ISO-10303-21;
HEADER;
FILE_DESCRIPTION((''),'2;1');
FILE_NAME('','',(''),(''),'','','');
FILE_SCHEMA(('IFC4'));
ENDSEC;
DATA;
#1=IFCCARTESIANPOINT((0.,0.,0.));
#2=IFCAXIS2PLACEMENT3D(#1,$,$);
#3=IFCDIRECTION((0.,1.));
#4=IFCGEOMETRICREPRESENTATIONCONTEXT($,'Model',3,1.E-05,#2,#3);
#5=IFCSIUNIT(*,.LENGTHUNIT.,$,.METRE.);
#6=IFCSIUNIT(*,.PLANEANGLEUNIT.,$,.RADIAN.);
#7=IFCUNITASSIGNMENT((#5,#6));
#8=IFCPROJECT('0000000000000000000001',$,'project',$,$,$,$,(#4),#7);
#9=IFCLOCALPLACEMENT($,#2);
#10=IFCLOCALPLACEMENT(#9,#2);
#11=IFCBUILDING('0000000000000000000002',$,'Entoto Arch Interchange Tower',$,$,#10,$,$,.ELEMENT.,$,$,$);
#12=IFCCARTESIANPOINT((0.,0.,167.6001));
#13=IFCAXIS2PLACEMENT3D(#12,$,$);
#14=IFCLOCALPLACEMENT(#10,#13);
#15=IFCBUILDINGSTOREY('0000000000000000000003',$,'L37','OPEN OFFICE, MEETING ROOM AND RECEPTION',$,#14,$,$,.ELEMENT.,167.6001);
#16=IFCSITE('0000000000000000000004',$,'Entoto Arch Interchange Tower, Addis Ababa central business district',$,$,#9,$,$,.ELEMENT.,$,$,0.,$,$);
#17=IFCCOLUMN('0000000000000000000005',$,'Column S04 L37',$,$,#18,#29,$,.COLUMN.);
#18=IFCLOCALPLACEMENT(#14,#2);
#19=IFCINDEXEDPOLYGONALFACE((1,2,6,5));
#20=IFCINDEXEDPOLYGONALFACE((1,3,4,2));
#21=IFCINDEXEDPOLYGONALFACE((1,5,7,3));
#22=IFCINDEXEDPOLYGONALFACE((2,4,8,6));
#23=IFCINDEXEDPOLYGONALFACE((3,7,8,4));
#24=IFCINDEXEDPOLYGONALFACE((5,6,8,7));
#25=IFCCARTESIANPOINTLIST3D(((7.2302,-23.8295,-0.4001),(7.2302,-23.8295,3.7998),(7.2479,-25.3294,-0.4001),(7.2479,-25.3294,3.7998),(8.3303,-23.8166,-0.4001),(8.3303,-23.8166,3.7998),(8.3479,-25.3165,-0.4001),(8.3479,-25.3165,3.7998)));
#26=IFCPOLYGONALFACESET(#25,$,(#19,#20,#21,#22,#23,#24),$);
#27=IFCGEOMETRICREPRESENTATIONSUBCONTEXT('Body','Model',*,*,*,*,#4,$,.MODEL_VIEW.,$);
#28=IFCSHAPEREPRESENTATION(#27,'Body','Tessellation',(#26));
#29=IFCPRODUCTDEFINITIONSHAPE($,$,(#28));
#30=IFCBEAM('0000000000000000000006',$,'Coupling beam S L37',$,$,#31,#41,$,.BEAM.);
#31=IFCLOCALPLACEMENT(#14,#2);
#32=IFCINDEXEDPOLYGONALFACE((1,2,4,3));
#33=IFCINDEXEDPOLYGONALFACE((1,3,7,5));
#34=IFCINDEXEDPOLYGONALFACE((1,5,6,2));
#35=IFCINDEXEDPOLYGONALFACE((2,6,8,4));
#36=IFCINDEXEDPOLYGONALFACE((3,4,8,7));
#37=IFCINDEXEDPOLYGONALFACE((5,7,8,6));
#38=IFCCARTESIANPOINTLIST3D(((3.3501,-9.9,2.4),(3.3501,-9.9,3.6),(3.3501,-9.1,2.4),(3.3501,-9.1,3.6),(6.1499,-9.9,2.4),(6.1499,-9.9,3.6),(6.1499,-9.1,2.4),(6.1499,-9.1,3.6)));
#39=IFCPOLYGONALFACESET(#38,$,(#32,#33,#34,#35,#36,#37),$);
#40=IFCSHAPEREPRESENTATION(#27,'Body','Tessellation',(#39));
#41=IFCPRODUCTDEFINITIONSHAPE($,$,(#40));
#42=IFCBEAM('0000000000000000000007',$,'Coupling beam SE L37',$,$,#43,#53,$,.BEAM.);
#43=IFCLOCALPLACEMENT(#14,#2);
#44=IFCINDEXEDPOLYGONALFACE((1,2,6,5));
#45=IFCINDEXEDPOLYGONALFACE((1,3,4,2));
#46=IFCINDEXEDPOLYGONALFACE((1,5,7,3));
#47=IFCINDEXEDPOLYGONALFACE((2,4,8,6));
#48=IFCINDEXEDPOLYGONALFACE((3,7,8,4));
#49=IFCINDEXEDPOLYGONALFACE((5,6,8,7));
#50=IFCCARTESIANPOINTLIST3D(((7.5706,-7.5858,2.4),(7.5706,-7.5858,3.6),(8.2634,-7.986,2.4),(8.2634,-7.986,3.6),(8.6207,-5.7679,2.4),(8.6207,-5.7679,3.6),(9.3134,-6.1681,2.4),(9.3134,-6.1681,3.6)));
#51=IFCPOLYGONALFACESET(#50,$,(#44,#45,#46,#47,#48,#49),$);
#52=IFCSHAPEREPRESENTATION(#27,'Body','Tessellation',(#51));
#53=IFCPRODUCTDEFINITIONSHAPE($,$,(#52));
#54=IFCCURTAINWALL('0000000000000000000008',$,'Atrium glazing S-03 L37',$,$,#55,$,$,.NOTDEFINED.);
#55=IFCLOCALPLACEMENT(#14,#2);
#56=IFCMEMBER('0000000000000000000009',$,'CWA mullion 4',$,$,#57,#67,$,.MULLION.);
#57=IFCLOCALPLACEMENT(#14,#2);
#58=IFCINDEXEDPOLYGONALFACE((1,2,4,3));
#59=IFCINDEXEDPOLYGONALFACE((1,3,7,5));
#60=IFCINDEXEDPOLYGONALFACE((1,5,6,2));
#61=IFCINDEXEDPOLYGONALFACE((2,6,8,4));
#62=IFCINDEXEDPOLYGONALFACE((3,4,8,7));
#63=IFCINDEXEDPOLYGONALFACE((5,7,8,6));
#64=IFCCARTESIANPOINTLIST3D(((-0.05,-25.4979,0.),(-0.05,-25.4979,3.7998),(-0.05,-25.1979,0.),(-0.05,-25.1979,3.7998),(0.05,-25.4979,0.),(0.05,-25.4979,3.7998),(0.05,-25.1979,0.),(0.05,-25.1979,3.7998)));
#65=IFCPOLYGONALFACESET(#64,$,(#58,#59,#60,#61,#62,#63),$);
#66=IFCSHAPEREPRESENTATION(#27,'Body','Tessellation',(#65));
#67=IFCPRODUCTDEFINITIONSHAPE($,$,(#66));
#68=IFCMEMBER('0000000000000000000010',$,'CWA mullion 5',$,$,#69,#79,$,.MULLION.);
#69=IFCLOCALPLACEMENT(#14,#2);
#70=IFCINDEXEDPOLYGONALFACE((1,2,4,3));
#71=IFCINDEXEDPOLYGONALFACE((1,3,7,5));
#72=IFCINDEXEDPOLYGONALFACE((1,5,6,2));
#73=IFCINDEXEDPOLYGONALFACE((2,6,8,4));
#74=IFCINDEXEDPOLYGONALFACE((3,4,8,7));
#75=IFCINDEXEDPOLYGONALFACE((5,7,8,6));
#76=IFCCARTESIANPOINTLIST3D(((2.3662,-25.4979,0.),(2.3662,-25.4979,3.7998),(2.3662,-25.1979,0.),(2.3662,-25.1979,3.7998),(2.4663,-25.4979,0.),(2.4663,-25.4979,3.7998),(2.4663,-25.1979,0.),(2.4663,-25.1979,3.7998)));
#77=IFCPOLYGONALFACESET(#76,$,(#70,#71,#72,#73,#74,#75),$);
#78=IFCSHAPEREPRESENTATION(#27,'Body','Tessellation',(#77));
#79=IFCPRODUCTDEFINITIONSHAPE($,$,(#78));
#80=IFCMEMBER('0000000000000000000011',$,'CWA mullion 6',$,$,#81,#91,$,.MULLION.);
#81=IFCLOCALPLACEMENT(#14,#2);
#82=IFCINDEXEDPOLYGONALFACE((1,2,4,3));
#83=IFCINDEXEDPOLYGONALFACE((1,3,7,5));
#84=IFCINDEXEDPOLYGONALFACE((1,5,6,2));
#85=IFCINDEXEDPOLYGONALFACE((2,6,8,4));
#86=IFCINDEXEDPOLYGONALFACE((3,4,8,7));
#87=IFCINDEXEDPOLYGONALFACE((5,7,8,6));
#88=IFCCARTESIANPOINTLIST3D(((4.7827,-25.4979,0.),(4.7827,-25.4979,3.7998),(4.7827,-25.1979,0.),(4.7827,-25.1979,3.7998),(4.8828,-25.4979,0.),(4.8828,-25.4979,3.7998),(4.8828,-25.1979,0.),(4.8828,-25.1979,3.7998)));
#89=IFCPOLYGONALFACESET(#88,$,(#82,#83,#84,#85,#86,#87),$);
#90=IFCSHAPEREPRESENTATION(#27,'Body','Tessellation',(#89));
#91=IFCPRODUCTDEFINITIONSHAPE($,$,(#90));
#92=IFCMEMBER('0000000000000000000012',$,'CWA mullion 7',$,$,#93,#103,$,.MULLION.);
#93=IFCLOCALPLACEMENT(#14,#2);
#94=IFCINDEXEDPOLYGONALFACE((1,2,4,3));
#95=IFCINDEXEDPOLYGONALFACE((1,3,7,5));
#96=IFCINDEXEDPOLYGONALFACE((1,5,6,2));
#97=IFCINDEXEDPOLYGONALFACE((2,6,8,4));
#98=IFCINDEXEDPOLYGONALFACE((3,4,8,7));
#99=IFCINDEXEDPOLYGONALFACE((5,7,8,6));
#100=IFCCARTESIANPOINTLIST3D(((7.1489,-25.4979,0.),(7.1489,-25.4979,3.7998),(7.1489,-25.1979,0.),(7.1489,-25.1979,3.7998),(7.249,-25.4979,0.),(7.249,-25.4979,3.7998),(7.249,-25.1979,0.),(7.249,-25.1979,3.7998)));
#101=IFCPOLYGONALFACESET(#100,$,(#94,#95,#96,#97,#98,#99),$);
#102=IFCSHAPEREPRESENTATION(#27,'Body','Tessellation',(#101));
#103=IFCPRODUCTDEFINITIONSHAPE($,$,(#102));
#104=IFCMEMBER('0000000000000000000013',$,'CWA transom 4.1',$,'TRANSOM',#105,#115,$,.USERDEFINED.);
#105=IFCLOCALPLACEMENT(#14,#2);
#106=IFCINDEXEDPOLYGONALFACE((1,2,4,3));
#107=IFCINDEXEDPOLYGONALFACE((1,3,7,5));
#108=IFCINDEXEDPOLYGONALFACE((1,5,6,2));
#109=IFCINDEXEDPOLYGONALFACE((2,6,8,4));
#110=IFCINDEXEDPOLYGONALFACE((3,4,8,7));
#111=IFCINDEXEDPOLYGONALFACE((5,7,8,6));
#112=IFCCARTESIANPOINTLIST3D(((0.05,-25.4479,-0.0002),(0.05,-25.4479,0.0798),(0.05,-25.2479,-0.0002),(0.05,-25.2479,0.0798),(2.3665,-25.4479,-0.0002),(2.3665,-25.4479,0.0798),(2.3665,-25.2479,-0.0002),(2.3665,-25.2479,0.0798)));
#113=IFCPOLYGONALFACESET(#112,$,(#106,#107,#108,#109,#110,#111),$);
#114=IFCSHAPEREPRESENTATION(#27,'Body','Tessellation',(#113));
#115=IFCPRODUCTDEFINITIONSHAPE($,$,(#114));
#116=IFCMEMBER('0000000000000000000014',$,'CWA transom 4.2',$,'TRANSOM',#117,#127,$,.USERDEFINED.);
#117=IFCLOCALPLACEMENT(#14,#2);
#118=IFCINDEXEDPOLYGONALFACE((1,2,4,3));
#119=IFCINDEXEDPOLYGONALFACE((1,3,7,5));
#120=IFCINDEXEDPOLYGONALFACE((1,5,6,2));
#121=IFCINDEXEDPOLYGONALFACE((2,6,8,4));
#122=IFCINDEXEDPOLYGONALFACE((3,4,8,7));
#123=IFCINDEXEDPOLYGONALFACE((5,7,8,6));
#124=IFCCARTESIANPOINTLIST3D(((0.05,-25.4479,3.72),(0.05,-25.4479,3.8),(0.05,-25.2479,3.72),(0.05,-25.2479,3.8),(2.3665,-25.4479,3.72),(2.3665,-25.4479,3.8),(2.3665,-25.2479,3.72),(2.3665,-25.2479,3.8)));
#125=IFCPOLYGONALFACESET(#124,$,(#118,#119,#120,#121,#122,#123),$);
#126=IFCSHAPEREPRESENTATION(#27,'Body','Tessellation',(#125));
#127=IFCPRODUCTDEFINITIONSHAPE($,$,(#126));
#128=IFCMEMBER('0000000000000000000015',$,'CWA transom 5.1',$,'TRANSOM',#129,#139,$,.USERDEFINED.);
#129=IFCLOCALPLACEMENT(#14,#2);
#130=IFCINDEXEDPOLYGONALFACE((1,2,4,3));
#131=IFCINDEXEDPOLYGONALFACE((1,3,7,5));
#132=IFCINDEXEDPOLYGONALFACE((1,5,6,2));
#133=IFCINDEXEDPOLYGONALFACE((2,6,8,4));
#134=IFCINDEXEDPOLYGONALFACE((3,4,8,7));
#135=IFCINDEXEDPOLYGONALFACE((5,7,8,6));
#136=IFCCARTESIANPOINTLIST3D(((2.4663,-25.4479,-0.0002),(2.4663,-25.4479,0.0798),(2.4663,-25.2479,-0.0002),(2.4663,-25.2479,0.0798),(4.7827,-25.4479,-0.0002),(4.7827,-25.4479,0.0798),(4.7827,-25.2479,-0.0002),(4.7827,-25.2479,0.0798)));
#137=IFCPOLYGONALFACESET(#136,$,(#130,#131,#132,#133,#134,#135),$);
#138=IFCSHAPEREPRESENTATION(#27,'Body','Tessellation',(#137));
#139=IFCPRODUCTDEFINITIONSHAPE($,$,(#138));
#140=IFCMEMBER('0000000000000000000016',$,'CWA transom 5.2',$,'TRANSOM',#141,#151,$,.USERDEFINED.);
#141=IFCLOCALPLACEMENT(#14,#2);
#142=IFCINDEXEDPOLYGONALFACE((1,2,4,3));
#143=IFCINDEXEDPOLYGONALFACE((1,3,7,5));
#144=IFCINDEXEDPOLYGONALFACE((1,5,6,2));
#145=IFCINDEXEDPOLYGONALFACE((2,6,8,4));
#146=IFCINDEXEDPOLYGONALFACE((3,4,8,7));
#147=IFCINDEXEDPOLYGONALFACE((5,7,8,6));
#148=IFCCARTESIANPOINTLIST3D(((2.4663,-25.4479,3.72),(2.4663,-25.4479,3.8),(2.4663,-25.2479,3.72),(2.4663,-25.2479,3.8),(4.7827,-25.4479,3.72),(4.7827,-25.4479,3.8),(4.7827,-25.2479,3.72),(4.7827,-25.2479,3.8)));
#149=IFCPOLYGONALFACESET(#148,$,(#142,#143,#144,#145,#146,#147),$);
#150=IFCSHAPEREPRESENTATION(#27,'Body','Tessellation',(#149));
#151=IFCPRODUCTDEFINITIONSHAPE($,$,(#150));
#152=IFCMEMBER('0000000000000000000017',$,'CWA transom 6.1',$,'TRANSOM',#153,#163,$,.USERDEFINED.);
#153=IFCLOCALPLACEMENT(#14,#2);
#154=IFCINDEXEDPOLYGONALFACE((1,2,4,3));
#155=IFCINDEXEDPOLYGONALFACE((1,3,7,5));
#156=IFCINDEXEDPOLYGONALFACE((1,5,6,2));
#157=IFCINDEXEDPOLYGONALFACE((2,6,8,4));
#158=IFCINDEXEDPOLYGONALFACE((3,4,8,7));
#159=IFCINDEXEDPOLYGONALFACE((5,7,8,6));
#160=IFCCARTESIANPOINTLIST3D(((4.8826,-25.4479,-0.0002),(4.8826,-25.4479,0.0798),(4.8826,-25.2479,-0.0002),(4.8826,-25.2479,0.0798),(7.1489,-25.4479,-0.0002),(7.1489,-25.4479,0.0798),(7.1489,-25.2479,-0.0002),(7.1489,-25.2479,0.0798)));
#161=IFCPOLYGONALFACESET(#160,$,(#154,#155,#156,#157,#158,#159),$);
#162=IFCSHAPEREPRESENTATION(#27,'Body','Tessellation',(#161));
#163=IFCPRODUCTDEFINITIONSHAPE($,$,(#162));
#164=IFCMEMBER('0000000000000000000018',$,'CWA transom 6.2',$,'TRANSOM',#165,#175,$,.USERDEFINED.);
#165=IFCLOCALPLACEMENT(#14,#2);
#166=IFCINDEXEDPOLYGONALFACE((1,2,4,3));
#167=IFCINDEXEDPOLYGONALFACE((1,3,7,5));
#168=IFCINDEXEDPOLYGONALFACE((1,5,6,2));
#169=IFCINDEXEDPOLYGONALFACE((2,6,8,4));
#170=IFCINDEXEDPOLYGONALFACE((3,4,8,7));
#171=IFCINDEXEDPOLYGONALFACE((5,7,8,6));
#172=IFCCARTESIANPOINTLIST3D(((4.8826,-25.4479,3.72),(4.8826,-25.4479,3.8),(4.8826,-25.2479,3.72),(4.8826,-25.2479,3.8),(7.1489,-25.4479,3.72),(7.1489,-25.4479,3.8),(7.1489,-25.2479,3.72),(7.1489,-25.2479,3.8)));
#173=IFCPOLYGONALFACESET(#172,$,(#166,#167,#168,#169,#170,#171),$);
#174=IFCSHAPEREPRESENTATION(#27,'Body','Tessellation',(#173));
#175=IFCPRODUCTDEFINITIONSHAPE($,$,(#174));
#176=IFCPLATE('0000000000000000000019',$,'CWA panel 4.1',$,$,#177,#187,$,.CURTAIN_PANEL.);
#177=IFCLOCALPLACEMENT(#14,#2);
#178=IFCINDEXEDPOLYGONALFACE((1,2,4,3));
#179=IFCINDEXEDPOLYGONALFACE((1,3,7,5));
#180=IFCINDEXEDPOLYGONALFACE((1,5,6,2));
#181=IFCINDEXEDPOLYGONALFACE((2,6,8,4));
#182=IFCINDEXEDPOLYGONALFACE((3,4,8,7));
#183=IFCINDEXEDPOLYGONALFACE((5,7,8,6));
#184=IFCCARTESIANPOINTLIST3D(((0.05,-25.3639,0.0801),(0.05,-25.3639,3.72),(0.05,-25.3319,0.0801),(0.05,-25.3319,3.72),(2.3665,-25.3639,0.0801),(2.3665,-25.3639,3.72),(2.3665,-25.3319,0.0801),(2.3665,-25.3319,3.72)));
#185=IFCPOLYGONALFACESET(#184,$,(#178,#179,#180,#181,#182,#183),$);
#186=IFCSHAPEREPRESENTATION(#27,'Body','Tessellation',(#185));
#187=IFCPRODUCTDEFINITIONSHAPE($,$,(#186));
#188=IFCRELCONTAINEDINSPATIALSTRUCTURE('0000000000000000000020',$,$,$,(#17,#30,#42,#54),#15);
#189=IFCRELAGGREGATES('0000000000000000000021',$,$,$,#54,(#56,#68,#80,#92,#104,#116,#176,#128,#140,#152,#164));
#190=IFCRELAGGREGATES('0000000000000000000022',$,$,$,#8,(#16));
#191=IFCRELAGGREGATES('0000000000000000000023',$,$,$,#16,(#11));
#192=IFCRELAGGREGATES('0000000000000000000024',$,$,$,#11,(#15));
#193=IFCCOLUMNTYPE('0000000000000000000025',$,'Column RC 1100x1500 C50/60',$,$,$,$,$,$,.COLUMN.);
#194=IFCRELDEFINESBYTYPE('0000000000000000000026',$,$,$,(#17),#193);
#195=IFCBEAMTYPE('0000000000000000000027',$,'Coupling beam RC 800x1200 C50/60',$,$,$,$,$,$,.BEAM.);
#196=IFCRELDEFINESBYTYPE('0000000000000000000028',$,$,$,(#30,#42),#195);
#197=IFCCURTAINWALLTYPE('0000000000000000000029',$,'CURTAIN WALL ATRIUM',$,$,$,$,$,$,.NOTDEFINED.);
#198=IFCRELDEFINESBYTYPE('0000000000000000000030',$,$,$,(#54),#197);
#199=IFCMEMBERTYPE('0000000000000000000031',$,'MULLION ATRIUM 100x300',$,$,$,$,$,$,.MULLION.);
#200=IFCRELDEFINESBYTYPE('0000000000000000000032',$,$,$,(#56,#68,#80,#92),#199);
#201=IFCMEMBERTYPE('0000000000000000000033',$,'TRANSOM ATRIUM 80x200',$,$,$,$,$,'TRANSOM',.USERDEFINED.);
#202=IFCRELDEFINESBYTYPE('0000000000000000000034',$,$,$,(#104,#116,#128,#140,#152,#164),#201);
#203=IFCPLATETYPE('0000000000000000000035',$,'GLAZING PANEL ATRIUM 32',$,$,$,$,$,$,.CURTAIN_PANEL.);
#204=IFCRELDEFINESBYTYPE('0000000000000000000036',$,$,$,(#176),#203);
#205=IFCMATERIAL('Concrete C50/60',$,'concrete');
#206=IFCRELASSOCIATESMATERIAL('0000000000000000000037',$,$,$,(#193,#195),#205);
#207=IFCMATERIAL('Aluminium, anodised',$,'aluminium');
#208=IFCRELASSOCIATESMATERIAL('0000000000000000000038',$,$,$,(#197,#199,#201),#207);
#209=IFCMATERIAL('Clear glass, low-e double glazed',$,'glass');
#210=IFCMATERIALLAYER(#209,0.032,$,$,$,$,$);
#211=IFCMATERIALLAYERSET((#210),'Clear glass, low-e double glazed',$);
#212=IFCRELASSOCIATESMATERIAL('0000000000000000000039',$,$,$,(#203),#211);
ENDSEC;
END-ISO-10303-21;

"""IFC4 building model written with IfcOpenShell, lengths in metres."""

from ifc_helpers import new_model, si_unit, direction, frame, origin, origin_2d, place, context, subcontext, project, spatial, rectangle, extrude, material, layer, layer_set, material_profile, profile_set, type_object, element, aggregate, save


model = new_model("IFC4")

# Units and contexts
model_context = context("Model", 3, precision=1e-05, world=origin(), true_north=direction((0.0, 1.0)))
body_context = subcontext(model_context, "Body", "Model", "MODEL_VIEW")
ifc_project = project(units=[si_unit("LENGTHUNIT", "METRE"), si_unit("PLANEANGLEUNIT", "RADIAN")], contexts=[model_context])

# Site, building, storey
site_placement = place(None, origin())
site = spatial("IfcSite", under=ifc_project, at=site_placement, Name="Entoto Arch Interchange Tower, Addis Ababa central business district", CompositionType="ELEMENT", RefElevation=0.0)
building_placement = place(site_placement, origin())
building = spatial("IfcBuilding", under=site, at=building_placement, Name="Entoto Arch Interchange Tower", CompositionType="ELEMENT")
storey_placement = place(building_placement, frame((0.0, 0.0, 167.6001)))
storey = spatial("IfcBuildingStorey", under=building, at=storey_placement, Name="L37", Description="OPEN OFFICE, MEETING ROOM AND RECEPTION", CompositionType="ELEMENT", Elevation=167.6001)

# Column
ifc_material_1 = material(Name="Concrete C50/60", Category="concrete")
ifc_material_profile_1 = material_profile(ifc_material_1, rectangle(XDim=1.1001, YDim=1.5, at=origin_2d()))
ifc_profile_set_1 = profile_set([ifc_material_profile_1], Name="Concrete C50/60")
column_type = type_object("IfcColumnType", Name="Column RC 1100x1500 C50/60", PredefinedType="COLUMN", material=ifc_profile_set_1)
column_placement = place(storey_placement, frame((7.7891, -24.573, -0.4001), z_axis=(0.0, 0.0, 1.0), x_axis=(0.999931, 0.011746, 0.0)))
element("IfcColumn", 1, at=column_placement, inside=storey, type_object=column_type, Name="Column S04 L37", PredefinedType="COLUMN", context=body_context, shape_type="SweptSolid", body=[
    extrude(rectangle(XDim=1.1001, YDim=1.5, at=origin_2d()), origin(), (0.0, 0.0, 1.0), 4.2),
])

# Beams
ifc_material_profile_2 = material_profile(ifc_material_1, rectangle(XDim=0.8, YDim=1.2, at=origin_2d()))
ifc_profile_set_2 = profile_set([ifc_material_profile_2], Name="Concrete C50/60")
beam_type = type_object("IfcBeamType", Name="Coupling beam RC 800x1200 C50/60", PredefinedType="BEAM", material=ifc_profile_set_2)
beam_1_placement = place(storey_placement, frame((3.3501, -9.5, 3.0), z_axis=(1.0, 0.0, 0.0), x_axis=(0.0, 1.0, 0.0)))
element("IfcBeam", 2, at=beam_1_placement, inside=storey, type_object=beam_type, Name="Coupling beam S L37", PredefinedType="BEAM", context=body_context, shape_type="SweptSolid", body=[
    extrude(rectangle(XDim=0.8, YDim=1.2, at=origin_2d()), origin(), (0.0, 0.0, 1.0), 2.7998),
])
beam_2_placement = place(storey_placement, frame((7.917, -7.7859, 3.0), z_axis=(0.500179, 0.865922, 0.0), x_axis=(-0.865922, 0.500179, 0.0)))
element("IfcBeam", 3, at=beam_2_placement, inside=storey, type_object=beam_type, Name="Coupling beam SE L37", PredefinedType="BEAM", context=body_context, shape_type="SweptSolid", body=[
    extrude(rectangle(XDim=0.8, YDim=1.2, at=origin_2d()), origin(), (0.0, 0.0, 1.0), 2.0994),
])

# Curtain wall, members, plate
ifc_material_2 = material(Name="Aluminium, anodised", Category="aluminium")
curtain_wall_type = type_object("IfcCurtainWallType", Name="CURTAIN WALL ATRIUM", PredefinedType="NOTDEFINED", material=ifc_material_2)
curtain_wall_placement = place(storey_placement, origin())
curtain_wall = element("IfcCurtainWall", 4, at=curtain_wall_placement, inside=storey, type_object=curtain_wall_type, Name="Atrium glazing S-03 L37", PredefinedType="NOTDEFINED")
ifc_material_profile_3 = material_profile(ifc_material_2, rectangle(XDim=0.3, YDim=0.1001, at=origin_2d()))
ifc_profile_set_3 = profile_set([ifc_material_profile_3], Name="Aluminium, anodised")
member_type_1 = type_object("IfcMemberType", Name="MULLION ATRIUM 100x300", PredefinedType="MULLION", material=ifc_profile_set_3)
member_1_placement = place(storey_placement, frame((0.0, -25.3479, 0.0), z_axis=(0.0, 0.0, 1.0), x_axis=(0.0, 1.0, 0.0)))
member_1 = element("IfcMember", 5, at=member_1_placement, type_object=member_type_1, Name="CWA mullion 4", PredefinedType="MULLION", context=body_context, shape_type="SweptSolid", body=[
    extrude(rectangle(XDim=0.3, YDim=0.1001, at=origin_2d()), origin(), (0.0, 0.0, 1.0), 3.7998),
])
member_2_placement = place(storey_placement, frame((2.4163, -25.3479, 0.0), z_axis=(0.0, 0.0, 1.0), x_axis=(0.0, 1.0, 0.0)))
member_2 = element("IfcMember", 6, at=member_2_placement, type_object=member_type_1, Name="CWA mullion 5", PredefinedType="MULLION", context=body_context, shape_type="SweptSolid", body=[
    extrude(rectangle(XDim=0.3, YDim=0.1001, at=origin_2d()), origin(), (0.0, 0.0, 1.0), 3.7998),
])
member_3_placement = place(storey_placement, frame((4.8328, -25.3479, 0.0), z_axis=(0.0, 0.0, 1.0), x_axis=(0.0, 1.0, 0.0)))
member_3 = element("IfcMember", 7, at=member_3_placement, type_object=member_type_1, Name="CWA mullion 6", PredefinedType="MULLION", context=body_context, shape_type="SweptSolid", body=[
    extrude(rectangle(XDim=0.3, YDim=0.1001, at=origin_2d()), origin(), (0.0, 0.0, 1.0), 3.7998),
])
member_4_placement = place(storey_placement, frame((7.199, -25.3479, 0.0), z_axis=(0.0, 0.0, 1.0), x_axis=(0.0, 1.0, 0.0)))
member_4 = element("IfcMember", 8, at=member_4_placement, type_object=member_type_1, Name="CWA mullion 7", PredefinedType="MULLION", context=body_context, shape_type="SweptSolid", body=[
    extrude(rectangle(XDim=0.3, YDim=0.1001, at=origin_2d()), origin(), (0.0, 0.0, 1.0), 3.7998),
])
ifc_material_profile_4 = material_profile(ifc_material_2, rectangle(XDim=0.2, YDim=0.0801, at=origin_2d()))
ifc_profile_set_4 = profile_set([ifc_material_profile_4], Name="Aluminium, anodised")
member_type_2 = type_object("IfcMemberType", Name="TRANSOM ATRIUM 80x200", ElementType="TRANSOM", PredefinedType="USERDEFINED", material=ifc_profile_set_4)
member_5_placement = place(storey_placement, frame((0.05, -25.3479, 0.0398), z_axis=(1.0, 0.0, 0.0), x_axis=(0.0, 1.0, 0.0)))
member_5 = element("IfcMember", 9, at=member_5_placement, type_object=member_type_2, Name="CWA transom 4.1", ObjectType="TRANSOM", PredefinedType="USERDEFINED", context=body_context, shape_type="SweptSolid", body=[
    extrude(rectangle(XDim=0.2, YDim=0.0801, at=origin_2d()), origin(), (0.0, 0.0, 1.0), 2.3164),
])
member_6_placement = place(storey_placement, frame((0.05, -25.3479, 3.76), z_axis=(1.0, 0.0, 0.0), x_axis=(0.0, 1.0, 0.0)))
member_6 = element("IfcMember", 10, at=member_6_placement, type_object=member_type_2, Name="CWA transom 4.2", ObjectType="TRANSOM", PredefinedType="USERDEFINED", context=body_context, shape_type="SweptSolid", body=[
    extrude(rectangle(XDim=0.2, YDim=0.0801, at=origin_2d()), origin(), (0.0, 0.0, 1.0), 2.3164),
])
member_7_placement = place(storey_placement, frame((2.4663, -25.3479, 0.0398), z_axis=(1.0, 0.0, 0.0), x_axis=(0.0, 1.0, 0.0)))
member_7 = element("IfcMember", 11, at=member_7_placement, type_object=member_type_2, Name="CWA transom 5.1", ObjectType="TRANSOM", PredefinedType="USERDEFINED", context=body_context, shape_type="SweptSolid", body=[
    extrude(rectangle(XDim=0.2, YDim=0.0801, at=origin_2d()), origin(), (0.0, 0.0, 1.0), 2.3164),
])
member_8_placement = place(storey_placement, frame((2.4663, -25.3479, 3.76), z_axis=(1.0, 0.0, 0.0), x_axis=(0.0, 1.0, 0.0)))
member_8 = element("IfcMember", 12, at=member_8_placement, type_object=member_type_2, Name="CWA transom 5.2", ObjectType="TRANSOM", PredefinedType="USERDEFINED", context=body_context, shape_type="SweptSolid", body=[
    extrude(rectangle(XDim=0.2, YDim=0.0801, at=origin_2d()), origin(), (0.0, 0.0, 1.0), 2.3164),
])
member_9_placement = place(storey_placement, frame((4.8826, -25.3479, 0.0398), z_axis=(1.0, 0.0, 0.0), x_axis=(0.0, 1.0, 0.0)))
member_9 = element("IfcMember", 13, at=member_9_placement, type_object=member_type_2, Name="CWA transom 6.1", ObjectType="TRANSOM", PredefinedType="USERDEFINED", context=body_context, shape_type="SweptSolid", body=[
    extrude(rectangle(XDim=0.2, YDim=0.0801, at=origin_2d()), origin(), (0.0, 0.0, 1.0), 2.2664),
])
member_10_placement = place(storey_placement, frame((4.8826, -25.3479, 3.76), z_axis=(1.0, 0.0, 0.0), x_axis=(0.0, 1.0, 0.0)))
member_10 = element("IfcMember", 14, at=member_10_placement, type_object=member_type_2, Name="CWA transom 6.2", ObjectType="TRANSOM", PredefinedType="USERDEFINED", context=body_context, shape_type="SweptSolid", body=[
    extrude(rectangle(XDim=0.2, YDim=0.0801, at=origin_2d()), origin(), (0.0, 0.0, 1.0), 2.2664),
])
ifc_material_3 = material(Name="Clear glass, low-e double glazed", Category="glass")
ifc_layer_1 = layer(ifc_material_3, 0.032)
ifc_layer_set_1 = layer_set([ifc_layer_1], Name="Clear glass, low-e double glazed")
plate_type = type_object("IfcPlateType", Name="GLAZING PANEL ATRIUM 32", PredefinedType="CURTAIN_PANEL", material=ifc_layer_set_1)
plate_1_placement = place(storey_placement, frame((1.2083, -25.3479, 0.0801), z_axis=(0.0, 0.0, 1.0), x_axis=(1.0, 0.0, 0.0)))
plate_1 = element("IfcPlate", 15, at=plate_1_placement, type_object=plate_type, Name="CWA panel 4.1", PredefinedType="CURTAIN_PANEL", context=body_context, shape_type="SweptSolid", body=[
    extrude(rectangle(XDim=2.3164, YDim=0.032, at=origin_2d()), origin(), (0.0, 0.0, 1.0), 3.6399),
])
aggregate(curtain_wall, [member_1, member_2, member_3, member_4, member_5, member_6, plate_1, member_7, member_8, member_9, member_10])

save(model, "model.ifc")
